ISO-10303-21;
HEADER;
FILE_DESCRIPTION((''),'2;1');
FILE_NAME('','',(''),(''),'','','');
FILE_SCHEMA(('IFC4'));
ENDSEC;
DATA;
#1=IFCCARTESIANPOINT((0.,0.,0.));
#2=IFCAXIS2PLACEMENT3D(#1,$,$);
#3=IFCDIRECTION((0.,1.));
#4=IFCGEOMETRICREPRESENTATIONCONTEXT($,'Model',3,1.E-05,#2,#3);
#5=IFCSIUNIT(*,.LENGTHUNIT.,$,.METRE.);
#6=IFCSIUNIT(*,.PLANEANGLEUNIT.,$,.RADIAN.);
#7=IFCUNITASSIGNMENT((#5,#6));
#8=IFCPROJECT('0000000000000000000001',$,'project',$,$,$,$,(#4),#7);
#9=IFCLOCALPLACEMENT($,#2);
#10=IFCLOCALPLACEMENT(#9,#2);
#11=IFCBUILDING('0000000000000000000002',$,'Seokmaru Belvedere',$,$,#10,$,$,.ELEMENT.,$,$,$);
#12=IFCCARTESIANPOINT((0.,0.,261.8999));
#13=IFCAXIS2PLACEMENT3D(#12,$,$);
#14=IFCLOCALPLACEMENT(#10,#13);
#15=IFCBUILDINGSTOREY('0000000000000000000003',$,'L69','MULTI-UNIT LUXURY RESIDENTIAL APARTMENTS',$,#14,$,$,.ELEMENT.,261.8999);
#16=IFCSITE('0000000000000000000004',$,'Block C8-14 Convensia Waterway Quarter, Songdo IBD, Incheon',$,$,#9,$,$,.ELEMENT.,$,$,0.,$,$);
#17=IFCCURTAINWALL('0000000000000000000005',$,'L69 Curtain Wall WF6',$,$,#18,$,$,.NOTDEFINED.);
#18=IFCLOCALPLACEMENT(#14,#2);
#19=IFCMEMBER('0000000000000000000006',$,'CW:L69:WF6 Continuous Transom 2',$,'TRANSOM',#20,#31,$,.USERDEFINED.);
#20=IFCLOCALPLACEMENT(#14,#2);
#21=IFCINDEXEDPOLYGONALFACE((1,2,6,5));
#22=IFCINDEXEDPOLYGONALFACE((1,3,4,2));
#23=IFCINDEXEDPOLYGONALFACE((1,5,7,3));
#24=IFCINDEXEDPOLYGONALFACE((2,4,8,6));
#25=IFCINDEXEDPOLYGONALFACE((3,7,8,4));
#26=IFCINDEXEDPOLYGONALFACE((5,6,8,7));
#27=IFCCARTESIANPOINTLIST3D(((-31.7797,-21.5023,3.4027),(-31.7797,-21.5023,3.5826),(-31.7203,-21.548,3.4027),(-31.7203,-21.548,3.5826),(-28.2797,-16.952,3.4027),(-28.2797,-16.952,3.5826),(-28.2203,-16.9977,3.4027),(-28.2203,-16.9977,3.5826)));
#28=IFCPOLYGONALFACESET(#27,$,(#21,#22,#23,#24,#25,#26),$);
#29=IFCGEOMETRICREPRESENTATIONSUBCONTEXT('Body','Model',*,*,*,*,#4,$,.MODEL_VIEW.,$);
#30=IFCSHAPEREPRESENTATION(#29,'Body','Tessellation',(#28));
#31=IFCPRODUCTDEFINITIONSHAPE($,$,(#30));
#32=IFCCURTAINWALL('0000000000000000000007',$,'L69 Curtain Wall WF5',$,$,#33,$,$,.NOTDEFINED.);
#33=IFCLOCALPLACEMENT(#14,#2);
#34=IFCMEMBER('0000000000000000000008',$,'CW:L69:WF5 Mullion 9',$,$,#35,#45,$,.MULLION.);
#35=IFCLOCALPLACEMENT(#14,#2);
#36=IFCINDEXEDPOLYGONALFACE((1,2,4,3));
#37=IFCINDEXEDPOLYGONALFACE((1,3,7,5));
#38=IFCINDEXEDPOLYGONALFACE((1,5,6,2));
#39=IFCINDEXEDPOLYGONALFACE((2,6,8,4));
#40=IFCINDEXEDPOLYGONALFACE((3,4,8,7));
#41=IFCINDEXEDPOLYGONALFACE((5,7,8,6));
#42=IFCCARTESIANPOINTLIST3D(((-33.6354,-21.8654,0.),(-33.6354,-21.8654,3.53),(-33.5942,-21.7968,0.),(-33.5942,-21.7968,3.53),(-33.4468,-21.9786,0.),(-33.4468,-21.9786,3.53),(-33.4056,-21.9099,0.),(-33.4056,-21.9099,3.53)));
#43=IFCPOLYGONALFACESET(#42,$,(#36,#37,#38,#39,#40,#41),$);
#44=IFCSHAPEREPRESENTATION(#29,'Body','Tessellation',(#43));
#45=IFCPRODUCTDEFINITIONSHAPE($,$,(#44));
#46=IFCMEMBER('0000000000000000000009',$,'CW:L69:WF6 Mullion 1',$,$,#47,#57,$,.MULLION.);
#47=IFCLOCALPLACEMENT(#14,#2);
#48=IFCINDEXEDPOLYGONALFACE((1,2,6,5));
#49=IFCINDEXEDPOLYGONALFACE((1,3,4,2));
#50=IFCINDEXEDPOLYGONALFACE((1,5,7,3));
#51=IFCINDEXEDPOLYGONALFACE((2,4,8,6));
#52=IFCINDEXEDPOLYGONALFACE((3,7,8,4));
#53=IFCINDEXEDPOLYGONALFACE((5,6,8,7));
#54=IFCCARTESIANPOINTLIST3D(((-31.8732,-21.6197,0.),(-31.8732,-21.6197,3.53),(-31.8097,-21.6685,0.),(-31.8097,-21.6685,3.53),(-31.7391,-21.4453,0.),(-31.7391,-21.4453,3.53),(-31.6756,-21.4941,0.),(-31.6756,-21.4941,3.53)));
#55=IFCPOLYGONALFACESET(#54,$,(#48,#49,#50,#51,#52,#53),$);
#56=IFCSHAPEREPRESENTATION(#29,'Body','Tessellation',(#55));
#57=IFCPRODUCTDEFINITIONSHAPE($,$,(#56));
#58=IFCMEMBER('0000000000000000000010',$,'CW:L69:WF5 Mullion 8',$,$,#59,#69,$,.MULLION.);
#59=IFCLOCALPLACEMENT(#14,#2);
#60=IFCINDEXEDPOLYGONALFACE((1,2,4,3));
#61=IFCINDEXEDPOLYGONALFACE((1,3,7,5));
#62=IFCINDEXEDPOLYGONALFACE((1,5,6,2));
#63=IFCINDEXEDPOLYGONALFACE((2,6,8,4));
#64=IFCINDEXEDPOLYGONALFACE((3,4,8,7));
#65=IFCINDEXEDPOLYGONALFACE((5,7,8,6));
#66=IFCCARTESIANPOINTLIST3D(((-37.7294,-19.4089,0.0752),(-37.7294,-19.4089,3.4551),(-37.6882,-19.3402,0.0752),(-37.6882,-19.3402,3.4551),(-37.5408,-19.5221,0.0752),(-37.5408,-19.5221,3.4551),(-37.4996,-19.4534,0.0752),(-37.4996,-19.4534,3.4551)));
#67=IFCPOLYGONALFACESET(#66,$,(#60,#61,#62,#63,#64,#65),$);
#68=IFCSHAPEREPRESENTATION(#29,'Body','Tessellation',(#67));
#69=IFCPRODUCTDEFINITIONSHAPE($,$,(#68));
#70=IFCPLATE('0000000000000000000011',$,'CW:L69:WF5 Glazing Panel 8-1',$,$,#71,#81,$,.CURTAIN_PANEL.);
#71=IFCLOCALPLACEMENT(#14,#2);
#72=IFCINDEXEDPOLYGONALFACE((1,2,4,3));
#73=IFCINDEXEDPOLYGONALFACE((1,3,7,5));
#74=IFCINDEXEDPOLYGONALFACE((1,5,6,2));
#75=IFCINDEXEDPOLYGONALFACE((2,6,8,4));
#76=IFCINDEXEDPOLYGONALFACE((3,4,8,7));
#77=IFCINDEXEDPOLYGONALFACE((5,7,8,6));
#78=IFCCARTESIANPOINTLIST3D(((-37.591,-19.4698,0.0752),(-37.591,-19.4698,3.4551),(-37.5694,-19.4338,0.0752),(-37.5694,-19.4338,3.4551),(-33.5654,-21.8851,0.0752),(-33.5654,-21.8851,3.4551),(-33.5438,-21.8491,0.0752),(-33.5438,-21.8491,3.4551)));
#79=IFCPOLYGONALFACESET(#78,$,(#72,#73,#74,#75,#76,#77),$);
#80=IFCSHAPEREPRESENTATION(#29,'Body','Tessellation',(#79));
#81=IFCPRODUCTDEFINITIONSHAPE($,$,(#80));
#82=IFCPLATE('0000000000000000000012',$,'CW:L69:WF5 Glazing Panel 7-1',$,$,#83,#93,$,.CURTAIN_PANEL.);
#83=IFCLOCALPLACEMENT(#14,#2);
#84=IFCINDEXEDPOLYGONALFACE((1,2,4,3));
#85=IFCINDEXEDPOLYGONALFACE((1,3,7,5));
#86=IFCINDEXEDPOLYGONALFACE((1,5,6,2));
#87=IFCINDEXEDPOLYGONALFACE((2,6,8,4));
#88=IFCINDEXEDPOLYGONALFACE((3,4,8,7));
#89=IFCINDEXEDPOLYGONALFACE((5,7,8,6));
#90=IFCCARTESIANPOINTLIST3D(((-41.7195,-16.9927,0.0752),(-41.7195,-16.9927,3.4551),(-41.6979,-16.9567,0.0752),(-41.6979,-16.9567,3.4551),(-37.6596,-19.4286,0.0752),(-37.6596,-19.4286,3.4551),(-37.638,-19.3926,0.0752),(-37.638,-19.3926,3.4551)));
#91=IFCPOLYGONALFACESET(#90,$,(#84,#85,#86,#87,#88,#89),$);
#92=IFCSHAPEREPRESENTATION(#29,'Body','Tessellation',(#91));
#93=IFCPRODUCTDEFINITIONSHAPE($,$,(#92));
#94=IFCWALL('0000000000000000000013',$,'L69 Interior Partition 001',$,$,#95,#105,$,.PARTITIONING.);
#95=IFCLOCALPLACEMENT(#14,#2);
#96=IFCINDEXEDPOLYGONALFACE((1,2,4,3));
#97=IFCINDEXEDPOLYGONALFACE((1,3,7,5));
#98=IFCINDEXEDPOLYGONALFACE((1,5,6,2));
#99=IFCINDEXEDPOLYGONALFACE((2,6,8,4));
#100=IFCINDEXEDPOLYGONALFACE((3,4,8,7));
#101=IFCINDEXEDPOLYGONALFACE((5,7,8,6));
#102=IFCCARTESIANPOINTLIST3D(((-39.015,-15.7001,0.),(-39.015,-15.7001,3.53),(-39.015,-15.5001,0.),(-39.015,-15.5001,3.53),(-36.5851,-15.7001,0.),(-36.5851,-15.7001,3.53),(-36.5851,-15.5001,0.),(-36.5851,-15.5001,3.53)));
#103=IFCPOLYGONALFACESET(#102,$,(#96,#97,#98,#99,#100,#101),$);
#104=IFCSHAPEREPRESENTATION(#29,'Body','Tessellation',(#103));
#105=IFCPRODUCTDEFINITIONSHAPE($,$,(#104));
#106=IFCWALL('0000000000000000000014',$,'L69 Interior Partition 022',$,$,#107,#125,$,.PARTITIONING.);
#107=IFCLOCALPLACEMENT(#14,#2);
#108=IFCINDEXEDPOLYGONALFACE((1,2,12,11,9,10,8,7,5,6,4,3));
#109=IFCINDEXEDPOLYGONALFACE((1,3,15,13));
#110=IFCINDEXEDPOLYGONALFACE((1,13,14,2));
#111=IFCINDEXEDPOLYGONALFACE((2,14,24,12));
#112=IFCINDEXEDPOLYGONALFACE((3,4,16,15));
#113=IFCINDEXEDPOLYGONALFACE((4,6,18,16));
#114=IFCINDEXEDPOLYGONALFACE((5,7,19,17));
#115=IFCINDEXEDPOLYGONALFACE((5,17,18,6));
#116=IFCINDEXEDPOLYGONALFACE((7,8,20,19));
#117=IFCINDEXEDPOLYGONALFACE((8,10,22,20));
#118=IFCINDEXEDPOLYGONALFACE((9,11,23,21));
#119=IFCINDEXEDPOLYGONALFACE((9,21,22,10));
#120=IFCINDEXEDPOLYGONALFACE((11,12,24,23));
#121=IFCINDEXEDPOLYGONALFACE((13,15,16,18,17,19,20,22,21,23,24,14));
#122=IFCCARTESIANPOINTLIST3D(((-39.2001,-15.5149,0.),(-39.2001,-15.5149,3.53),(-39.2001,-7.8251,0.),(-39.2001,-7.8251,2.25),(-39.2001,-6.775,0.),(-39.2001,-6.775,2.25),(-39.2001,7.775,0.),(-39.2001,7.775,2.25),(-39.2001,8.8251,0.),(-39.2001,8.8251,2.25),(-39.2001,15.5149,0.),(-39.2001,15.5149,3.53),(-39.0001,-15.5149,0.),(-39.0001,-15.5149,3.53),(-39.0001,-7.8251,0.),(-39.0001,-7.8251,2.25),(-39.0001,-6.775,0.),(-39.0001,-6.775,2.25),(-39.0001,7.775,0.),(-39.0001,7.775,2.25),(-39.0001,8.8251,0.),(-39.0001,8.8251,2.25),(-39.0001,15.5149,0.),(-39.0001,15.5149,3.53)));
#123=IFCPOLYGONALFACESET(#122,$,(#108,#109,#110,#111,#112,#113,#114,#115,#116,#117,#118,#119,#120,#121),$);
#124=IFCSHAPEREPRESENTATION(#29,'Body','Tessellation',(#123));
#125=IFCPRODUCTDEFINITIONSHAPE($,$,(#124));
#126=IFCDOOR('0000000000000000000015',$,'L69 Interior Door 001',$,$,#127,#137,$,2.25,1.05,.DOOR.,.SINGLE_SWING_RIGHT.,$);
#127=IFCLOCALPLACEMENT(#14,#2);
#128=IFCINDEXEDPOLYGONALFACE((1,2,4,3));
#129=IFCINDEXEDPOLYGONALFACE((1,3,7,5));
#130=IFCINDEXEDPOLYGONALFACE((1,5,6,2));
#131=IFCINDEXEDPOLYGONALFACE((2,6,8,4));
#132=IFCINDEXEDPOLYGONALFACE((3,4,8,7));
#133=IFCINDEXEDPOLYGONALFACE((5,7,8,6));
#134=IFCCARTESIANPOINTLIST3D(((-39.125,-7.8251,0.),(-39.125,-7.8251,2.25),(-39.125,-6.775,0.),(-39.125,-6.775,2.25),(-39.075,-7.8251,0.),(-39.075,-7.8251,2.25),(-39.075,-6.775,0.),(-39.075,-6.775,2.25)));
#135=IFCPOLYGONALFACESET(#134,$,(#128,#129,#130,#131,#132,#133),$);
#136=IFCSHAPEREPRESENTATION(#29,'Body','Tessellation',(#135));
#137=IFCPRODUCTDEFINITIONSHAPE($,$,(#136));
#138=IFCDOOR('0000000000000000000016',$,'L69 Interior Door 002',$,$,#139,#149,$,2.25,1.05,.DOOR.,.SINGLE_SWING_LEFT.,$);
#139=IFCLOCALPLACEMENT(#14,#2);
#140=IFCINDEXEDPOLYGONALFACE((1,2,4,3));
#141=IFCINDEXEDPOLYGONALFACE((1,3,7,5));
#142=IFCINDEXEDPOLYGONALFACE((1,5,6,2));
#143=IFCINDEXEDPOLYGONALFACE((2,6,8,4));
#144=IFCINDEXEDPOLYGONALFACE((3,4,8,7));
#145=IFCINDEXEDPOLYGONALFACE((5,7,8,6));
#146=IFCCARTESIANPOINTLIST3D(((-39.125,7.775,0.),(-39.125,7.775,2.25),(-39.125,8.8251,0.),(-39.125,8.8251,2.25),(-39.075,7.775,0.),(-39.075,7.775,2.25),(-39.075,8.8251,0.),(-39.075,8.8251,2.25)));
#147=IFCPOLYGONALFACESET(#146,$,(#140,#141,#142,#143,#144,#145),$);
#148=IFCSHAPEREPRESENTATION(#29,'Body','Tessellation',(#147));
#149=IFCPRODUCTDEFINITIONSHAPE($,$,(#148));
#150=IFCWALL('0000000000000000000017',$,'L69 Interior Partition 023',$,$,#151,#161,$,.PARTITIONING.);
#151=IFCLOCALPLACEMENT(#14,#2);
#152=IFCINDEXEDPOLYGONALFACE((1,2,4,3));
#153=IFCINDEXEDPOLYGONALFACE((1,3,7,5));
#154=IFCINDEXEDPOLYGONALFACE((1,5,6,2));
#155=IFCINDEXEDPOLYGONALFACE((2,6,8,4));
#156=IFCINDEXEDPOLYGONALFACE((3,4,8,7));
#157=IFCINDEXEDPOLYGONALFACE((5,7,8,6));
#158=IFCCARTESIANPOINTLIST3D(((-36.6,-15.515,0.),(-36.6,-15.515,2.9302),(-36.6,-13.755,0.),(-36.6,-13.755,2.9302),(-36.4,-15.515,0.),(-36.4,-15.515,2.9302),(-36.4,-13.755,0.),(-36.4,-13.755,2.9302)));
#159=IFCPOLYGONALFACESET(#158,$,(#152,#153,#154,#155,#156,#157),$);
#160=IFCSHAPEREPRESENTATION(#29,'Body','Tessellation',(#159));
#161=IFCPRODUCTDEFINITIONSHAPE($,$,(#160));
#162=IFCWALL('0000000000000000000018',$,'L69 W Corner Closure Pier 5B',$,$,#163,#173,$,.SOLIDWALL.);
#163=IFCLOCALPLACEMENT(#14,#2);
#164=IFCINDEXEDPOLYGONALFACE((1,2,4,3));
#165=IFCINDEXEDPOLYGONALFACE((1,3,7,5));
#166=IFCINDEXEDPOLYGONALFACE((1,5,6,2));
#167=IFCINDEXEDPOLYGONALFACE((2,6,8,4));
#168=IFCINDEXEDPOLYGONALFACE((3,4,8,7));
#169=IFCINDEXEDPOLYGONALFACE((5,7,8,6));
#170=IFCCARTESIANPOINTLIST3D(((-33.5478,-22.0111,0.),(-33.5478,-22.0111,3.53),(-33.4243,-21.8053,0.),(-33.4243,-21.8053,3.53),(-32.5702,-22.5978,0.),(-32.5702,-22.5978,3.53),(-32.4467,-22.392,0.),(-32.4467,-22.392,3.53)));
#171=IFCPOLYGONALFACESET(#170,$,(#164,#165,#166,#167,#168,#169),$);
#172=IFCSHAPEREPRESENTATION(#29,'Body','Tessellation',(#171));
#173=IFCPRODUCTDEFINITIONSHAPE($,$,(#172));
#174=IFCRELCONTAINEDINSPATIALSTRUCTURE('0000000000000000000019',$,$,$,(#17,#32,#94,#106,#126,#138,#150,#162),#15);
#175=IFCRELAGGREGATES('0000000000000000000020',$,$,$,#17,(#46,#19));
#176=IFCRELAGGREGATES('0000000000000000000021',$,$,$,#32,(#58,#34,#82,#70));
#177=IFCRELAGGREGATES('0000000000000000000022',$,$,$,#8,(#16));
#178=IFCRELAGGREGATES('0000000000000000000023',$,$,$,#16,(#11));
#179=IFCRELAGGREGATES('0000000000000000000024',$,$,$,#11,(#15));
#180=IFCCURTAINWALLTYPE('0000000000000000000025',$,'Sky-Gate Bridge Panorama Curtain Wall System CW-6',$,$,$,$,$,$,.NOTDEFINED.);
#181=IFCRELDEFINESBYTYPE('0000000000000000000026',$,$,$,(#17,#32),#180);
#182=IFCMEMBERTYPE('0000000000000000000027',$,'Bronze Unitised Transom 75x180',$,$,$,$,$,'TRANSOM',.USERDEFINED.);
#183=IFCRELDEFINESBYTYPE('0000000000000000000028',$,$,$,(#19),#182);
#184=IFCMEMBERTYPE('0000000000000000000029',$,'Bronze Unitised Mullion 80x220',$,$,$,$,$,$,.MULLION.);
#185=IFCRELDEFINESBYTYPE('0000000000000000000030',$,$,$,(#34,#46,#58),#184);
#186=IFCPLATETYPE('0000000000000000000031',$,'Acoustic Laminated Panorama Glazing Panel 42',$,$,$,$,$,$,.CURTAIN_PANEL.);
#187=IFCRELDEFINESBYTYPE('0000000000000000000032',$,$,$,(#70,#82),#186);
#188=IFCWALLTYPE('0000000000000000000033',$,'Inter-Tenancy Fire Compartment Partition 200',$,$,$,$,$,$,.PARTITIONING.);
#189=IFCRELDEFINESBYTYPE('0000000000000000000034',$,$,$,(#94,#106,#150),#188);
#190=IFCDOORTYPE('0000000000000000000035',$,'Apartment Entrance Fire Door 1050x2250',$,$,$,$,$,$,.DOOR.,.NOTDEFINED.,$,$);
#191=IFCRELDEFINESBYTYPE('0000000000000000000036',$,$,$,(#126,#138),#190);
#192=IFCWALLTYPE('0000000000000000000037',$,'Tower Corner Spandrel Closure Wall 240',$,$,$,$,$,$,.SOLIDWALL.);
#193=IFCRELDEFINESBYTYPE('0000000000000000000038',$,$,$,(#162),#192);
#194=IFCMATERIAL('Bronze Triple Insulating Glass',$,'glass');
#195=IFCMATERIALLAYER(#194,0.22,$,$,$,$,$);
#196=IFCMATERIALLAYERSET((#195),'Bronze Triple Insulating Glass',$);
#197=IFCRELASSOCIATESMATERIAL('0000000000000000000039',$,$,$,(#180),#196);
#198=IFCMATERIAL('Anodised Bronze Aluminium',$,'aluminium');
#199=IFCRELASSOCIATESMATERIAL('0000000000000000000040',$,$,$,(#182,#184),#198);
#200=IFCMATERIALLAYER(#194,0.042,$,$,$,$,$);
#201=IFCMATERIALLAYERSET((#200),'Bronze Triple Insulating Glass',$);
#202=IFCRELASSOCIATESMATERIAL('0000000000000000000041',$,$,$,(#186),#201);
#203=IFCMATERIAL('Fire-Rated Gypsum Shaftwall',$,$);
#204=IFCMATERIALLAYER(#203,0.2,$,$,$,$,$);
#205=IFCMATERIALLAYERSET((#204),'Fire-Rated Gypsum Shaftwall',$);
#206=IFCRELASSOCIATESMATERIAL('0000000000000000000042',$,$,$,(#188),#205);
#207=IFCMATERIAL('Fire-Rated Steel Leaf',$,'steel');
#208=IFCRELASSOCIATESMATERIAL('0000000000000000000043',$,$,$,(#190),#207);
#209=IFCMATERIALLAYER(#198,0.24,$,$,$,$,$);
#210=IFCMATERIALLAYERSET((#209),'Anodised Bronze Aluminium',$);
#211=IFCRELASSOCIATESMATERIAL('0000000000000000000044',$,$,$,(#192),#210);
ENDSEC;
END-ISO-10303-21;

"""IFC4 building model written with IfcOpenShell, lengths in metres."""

from ifc_helpers import new_model, si_unit, direction, frame, frame_2d, origin, origin_2d, place, context, subcontext, project, spatial, rectangle, extrude, source, transform, mapped, material, layer, layer_set, material_profile, profile_set, type_object, type_shapes, element, fill, aggregate, save


model = new_model("IFC4")

# Units and contexts
model_context = context("Model", 3, precision=1e-05, world=origin(), true_north=direction((0.0, 1.0)))
body_context = subcontext(model_context, "Body", "Model", "MODEL_VIEW")
ifc_project = project(units=[si_unit("LENGTHUNIT", "METRE"), si_unit("PLANEANGLEUNIT", "RADIAN")], contexts=[model_context])

# Site, building, storey
site_placement = place(None, origin())
site = spatial("IfcSite", under=ifc_project, at=site_placement, Name="Block C8-14 Convensia Waterway Quarter, Songdo IBD, Incheon", CompositionType="ELEMENT", RefElevation=0.0)
building_placement = place(site_placement, origin())
building = spatial("IfcBuilding", under=site, at=building_placement, Name="Seokmaru Belvedere", CompositionType="ELEMENT")
storey_placement = place(building_placement, frame((0.0, 0.0, 261.8999)))
storey = spatial("IfcBuildingStorey", under=building, at=storey_placement, Name="L69", Description="MULTI-UNIT LUXURY RESIDENTIAL APARTMENTS", CompositionType="ELEMENT", Elevation=261.8999)

# Curtain wall, member
ifc_material_1 = material(Name="Bronze Triple Insulating Glass", Category="glass")
ifc_layer_1 = layer(ifc_material_1, 0.22)
ifc_layer_set_1 = layer_set([ifc_layer_1], Name="Bronze Triple Insulating Glass")
curtain_wall_type = type_object("IfcCurtainWallType", Name="Sky-Gate Bridge Panorama Curtain Wall System CW-6", PredefinedType="NOTDEFINED", material=ifc_layer_set_1)
curtain_wall_1_placement = place(storey_placement, origin())
curtain_wall_1 = element("IfcCurtainWall", 1, at=curtain_wall_1_placement, inside=storey, type_object=curtain_wall_type, Name="L69 Curtain Wall WF6", PredefinedType="NOTDEFINED")
ifc_material_2 = material(Name="Anodised Bronze Aluminium", Category="aluminium")
ifc_material_profile_1 = material_profile(ifc_material_2, rectangle(XDim=0.075, YDim=0.1799, at=origin_2d()), Name="CW-T-75x180")
ifc_profile_set_1 = profile_set([ifc_material_profile_1], Name="Anodised Bronze Aluminium")
member_type_1 = type_object("IfcMemberType", Name="Bronze Unitised Transom 75x180", ElementType="TRANSOM", PredefinedType="USERDEFINED", material=ifc_profile_set_1)
shared_shape_1 = source(origin(), body_context, "Body", "SweptSolid", [
    extrude(rectangle(XDim=0.075, YDim=0.1799, at=origin_2d()), origin(), (0.0, 0.0, 1.0), 5.7407),
])
type_shapes(member_type_1, [shared_shape_1])
member_1_placement = place(storey_placement, frame((-31.75, -21.5251, 3.4927), z_axis=(0.609686, 0.792643, 0.0), x_axis=(-0.792643, 0.609686, 0.0)))
member_1 = element("IfcMember", 2, at=member_1_placement, type_object=member_type_1, Name="CW:L69:WF6 Continuous Transom 2", ObjectType="TRANSOM", PredefinedType="USERDEFINED", context=body_context, shape_type="MappedRepresentation", body=[
    mapped(shared_shape_1, transform((0.0, 0.0, 0.0), scale=1.0)),
])

# Curtain wall, member
curtain_wall_2_placement = place(storey_placement, origin())
curtain_wall_2 = element("IfcCurtainWall", 3, at=curtain_wall_2_placement, inside=storey, type_object=curtain_wall_type, Name="L69 Curtain Wall WF5", PredefinedType="NOTDEFINED")
ifc_material_profile_2 = material_profile(ifc_material_2, rectangle(XDim=0.0801, YDim=0.22, at=origin_2d()), Name="CW-M-80x220")
ifc_profile_set_2 = profile_set([ifc_material_profile_2], Name="Anodised Bronze Aluminium")
member_type_2 = type_object("IfcMemberType", Name="Bronze Unitised Mullion 80x220", PredefinedType="MULLION", material=ifc_profile_set_2)
shared_shape_2 = source(origin(), body_context, "Body", "SweptSolid", [
    extrude(rectangle(XDim=0.0801, YDim=0.22, at=origin_2d()), origin(), (0.0, 0.0, 1.0), 3.53),
])
member_2_placement = place(storey_placement, frame((-33.5205, -21.8877, 0.0), z_axis=(0.0, 0.0, 1.0), x_axis=(0.514495, 0.857493, 0.0)))
member_2 = element("IfcMember", 4, at=member_2_placement, type_object=member_type_2, Name="CW:L69:WF5 Mullion 9", PredefinedType="MULLION", context=body_context, shape_type="MappedRepresentation", body=[
    mapped(shared_shape_2, transform((0.0, 0.0, 0.0), scale=1.0)),
])

# Members
member_3_placement = place(storey_placement, frame((-31.7744, -21.5569, 0.0), z_axis=(0.0, 0.0, 1.0), x_axis=(-0.792631, 0.609701, 0.0)))
member_3 = element("IfcMember", 5, at=member_3_placement, type_object=member_type_2, Name="CW:L69:WF6 Mullion 1", PredefinedType="MULLION", context=body_context, shape_type="MappedRepresentation", body=[
    mapped(shared_shape_2, transform((0.0, 0.0, 0.0), scale=1.0)),
])
aggregate(curtain_wall_1, [member_3, member_1])
shared_shape_3 = source(origin(), body_context, "Body", "SweptSolid", [
    extrude(rectangle(XDim=0.0801, YDim=0.22, at=origin_2d()), origin(), (0.0, 0.0, 1.0), 3.3799),
])
type_shapes(member_type_2, [shared_shape_2, shared_shape_3])
member_4_placement = place(storey_placement, frame((-37.6145, -19.4312, 0.0752), z_axis=(0.0, 0.0, 1.0), x_axis=(0.514495, 0.857493, 0.0)))
member_4 = element("IfcMember", 6, at=member_4_placement, type_object=member_type_2, Name="CW:L69:WF5 Mullion 8", PredefinedType="MULLION", context=body_context, shape_type="MappedRepresentation", body=[
    mapped(shared_shape_3, transform((0.0, 0.0, 0.0), scale=1.0)),
])

# Plates
ifc_layer_2 = layer(ifc_material_1, 0.042)
ifc_layer_set_2 = layer_set([ifc_layer_2], Name="Bronze Triple Insulating Glass")
plate_type = type_object("IfcPlateType", Name="Acoustic Laminated Panorama Glazing Panel 42", PredefinedType="CURTAIN_PANEL", material=ifc_layer_set_2)
shared_shape_4 = source(origin(), body_context, "Body", "SweptSolid", [
    extrude(rectangle(XDim=4.6946, YDim=0.042, at=origin_2d()), origin(), (0.0, 0.0, 1.0), 3.3799),
])
plate_1_placement = place(storey_placement, frame((-35.5674, -20.6594, 0.0752), z_axis=(0.0, 0.0, 1.0), x_axis=(0.857493, -0.514495, 0.0)))
plate_1 = element("IfcPlate", 7, at=plate_1_placement, type_object=plate_type, Name="CW:L69:WF5 Glazing Panel 8-1", PredefinedType="CURTAIN_PANEL", context=body_context, shape_type="MappedRepresentation", body=[
    mapped(shared_shape_4, transform((0.0, 0.0, 0.0), scale=1.0)),
])
shared_shape_5 = source(origin(), body_context, "Body", "SweptSolid", [
    extrude(rectangle(XDim=4.7346, YDim=0.042, at=origin_2d()), origin(), (0.0, 0.0, 1.0), 3.3799),
])
type_shapes(plate_type, [shared_shape_4, shared_shape_5])
plate_2_placement = place(storey_placement, frame((-39.6787, -18.1926, 0.0752), z_axis=(0.0, 0.0, 1.0), x_axis=(0.857493, -0.514495, 0.0)))
plate_2 = element("IfcPlate", 8, at=plate_2_placement, type_object=plate_type, Name="CW:L69:WF5 Glazing Panel 7-1", PredefinedType="CURTAIN_PANEL", context=body_context, shape_type="MappedRepresentation", body=[
    mapped(shared_shape_5, transform((0.0, 0.0, 0.0), scale=1.0)),
])
aggregate(curtain_wall_2, [member_4, member_2, plate_2, plate_1])

# Wall
ifc_material_3 = material(Name="Fire-Rated Gypsum Shaftwall")
ifc_layer_3 = layer(ifc_material_3, 0.2)
ifc_layer_set_3 = layer_set([ifc_layer_3], Name="Fire-Rated Gypsum Shaftwall")
wall_type_1 = type_object("IfcWallType", Name="Inter-Tenancy Fire Compartment Partition 200", PredefinedType="PARTITIONING", material=ifc_layer_set_3)
wall_1_placement = place(storey_placement, frame((-39.0149, -15.6001, 0.0), z_axis=(0.0, 0.0, 1.0), x_axis=(1.0, 0.0, 0.0)))
element("IfcWall", 9, at=wall_1_placement, inside=storey, type_object=wall_type_1, Name="L69 Interior Partition 001", PredefinedType="PARTITIONING", context=body_context, shape_type="SweptSolid", body=[
    extrude(rectangle(XDim=2.4299, YDim=0.2, at=frame_2d((1.2148, 0.0))), origin(), (0.0, 0.0, 1.0), 3.53),
])

# Wall, openings, doors
wall_2_placement = place(storey_placement, frame((-39.1001, -15.5149, 0.0), z_axis=(0.0, 0.0, 1.0), x_axis=(0.0, 1.0, 0.0)))
wall_2 = element("IfcWall", 10, at=wall_2_placement, inside=storey, type_object=wall_type_1, Name="L69 Interior Partition 022", PredefinedType="PARTITIONING", context=body_context, shape_type="SweptSolid", body=[
    extrude(rectangle(XDim=31.0298, YDim=0.2, at=frame_2d((15.5149, 0.0))), origin(), (0.0, 0.0, 1.0), 3.53),
])
opening_1_placement = place(wall_2_placement, frame((7.6899, 0.0, 0.0)))
opening_1 = element("IfcOpeningElement", 11, at=opening_1_placement, cuts=wall_2, PredefinedType="OPENING", context=body_context, shape_type="SweptSolid", body=[
    extrude(rectangle(XDim=1.05, YDim=2.25, at=frame_2d((0.5249, 1.125))), frame((0.0, 0.1099, 0.0), z_axis=(0.0, -1.0, 0.0), x_axis=(1.0, 0.0, 0.0)), (0.0, 0.0, 1.0), 0.22),
])
opening_2_placement = place(wall_2_placement, frame((23.29, 0.0, 0.0)))
opening_2 = element("IfcOpeningElement", 12, at=opening_2_placement, cuts=wall_2, PredefinedType="OPENING", context=body_context, shape_type="SweptSolid", body=[
    extrude(rectangle(XDim=1.05, YDim=2.25, at=frame_2d((0.5249, 1.125))), frame((0.0, 0.1099, 0.0), z_axis=(0.0, -1.0, 0.0), x_axis=(1.0, 0.0, 0.0)), (0.0, 0.0, 1.0), 0.22),
])
ifc_material_4 = material(Name="Fire-Rated Steel Leaf", Category="steel")
door_type = type_object("IfcDoorType", Name="Apartment Entrance Fire Door 1050x2250", OperationType="NOTDEFINED", PredefinedType="DOOR", material=ifc_material_4)
shared_shape_6 = source(origin(), body_context, "Body", "SweptSolid", [
    extrude(rectangle(XDim=1.05, YDim=2.25, at=frame_2d((0.5249, 1.125))), frame((0.0, 0.0249, 0.0), z_axis=(0.0, -1.0, 0.0), x_axis=(1.0, 0.0, 0.0)), (0.0, 0.0, 1.0), 0.05),
])
type_shapes(door_type, [shared_shape_6])
door_1_placement = place(opening_1_placement, origin())
door_1 = element("IfcDoor", 13, at=door_1_placement, inside=storey, type_object=door_type, Name="L69 Interior Door 001", OperationType="SINGLE_SWING_RIGHT", OverallHeight=2.25, OverallWidth=1.05, PredefinedType="DOOR", context=body_context, shape_type="MappedRepresentation", body=[
    mapped(shared_shape_6, transform((0.0, 0.0, 0.0), scale=1.0)),
])
fill(opening_1, door_1)
door_2_placement = place(opening_2_placement, origin())
door_2 = element("IfcDoor", 14, at=door_2_placement, inside=storey, type_object=door_type, Name="L69 Interior Door 002", OperationType="SINGLE_SWING_LEFT", OverallHeight=2.25, OverallWidth=1.05, PredefinedType="DOOR", context=body_context, shape_type="MappedRepresentation", body=[
    mapped(shared_shape_6, transform((0.0, 0.0, 0.0), scale=1.0)),
])
fill(opening_2, door_2)

# Walls
wall_3_placement = place(storey_placement, frame((-36.5, -15.5149, 0.0), z_axis=(0.0, 0.0, 1.0), x_axis=(0.0, 1.0, 0.0)))
element("IfcWall", 15, at=wall_3_placement, inside=storey, type_object=wall_type_1, Name="L69 Interior Partition 023", PredefinedType="PARTITIONING", context=body_context, shape_type="SweptSolid", body=[
    extrude(rectangle(XDim=1.76, YDim=0.2, at=frame_2d((0.8799, 0.0))), origin(), (0.0, 0.0, 1.0), 2.9302),
])
ifc_layer_4 = layer(ifc_material_2, 0.24)
ifc_layer_set_4 = layer_set([ifc_layer_4], Name="Anodised Bronze Aluminium")
wall_type_2 = type_object("IfcWallType", Name="Tower Corner Spandrel Closure Wall 240", PredefinedType="SOLIDWALL", material=ifc_layer_set_4)
for number, where, z_axis, x_axis, name in (
    (16, (-33.4861, -21.9082, 0.0), (0.0, 0.0, 1.0), (0.857436, -0.51459, 0.0), "L69 W Corner Closure Pier 5B"),
):
    element("IfcWall", number, at=place(storey_placement, frame(where, z_axis=z_axis, x_axis=x_axis)), inside=storey, type_object=wall_type_2, Name=name, PredefinedType="SOLIDWALL", context=body_context, shape_type="SweptSolid", body=[
        extrude(rectangle(XDim=1.1401, YDim=0.24, at=frame_2d((0.5701, 0.0))), origin(), (0.0, 0.0, 1.0), 3.53),
    ])

save(model, "model.ifc")
